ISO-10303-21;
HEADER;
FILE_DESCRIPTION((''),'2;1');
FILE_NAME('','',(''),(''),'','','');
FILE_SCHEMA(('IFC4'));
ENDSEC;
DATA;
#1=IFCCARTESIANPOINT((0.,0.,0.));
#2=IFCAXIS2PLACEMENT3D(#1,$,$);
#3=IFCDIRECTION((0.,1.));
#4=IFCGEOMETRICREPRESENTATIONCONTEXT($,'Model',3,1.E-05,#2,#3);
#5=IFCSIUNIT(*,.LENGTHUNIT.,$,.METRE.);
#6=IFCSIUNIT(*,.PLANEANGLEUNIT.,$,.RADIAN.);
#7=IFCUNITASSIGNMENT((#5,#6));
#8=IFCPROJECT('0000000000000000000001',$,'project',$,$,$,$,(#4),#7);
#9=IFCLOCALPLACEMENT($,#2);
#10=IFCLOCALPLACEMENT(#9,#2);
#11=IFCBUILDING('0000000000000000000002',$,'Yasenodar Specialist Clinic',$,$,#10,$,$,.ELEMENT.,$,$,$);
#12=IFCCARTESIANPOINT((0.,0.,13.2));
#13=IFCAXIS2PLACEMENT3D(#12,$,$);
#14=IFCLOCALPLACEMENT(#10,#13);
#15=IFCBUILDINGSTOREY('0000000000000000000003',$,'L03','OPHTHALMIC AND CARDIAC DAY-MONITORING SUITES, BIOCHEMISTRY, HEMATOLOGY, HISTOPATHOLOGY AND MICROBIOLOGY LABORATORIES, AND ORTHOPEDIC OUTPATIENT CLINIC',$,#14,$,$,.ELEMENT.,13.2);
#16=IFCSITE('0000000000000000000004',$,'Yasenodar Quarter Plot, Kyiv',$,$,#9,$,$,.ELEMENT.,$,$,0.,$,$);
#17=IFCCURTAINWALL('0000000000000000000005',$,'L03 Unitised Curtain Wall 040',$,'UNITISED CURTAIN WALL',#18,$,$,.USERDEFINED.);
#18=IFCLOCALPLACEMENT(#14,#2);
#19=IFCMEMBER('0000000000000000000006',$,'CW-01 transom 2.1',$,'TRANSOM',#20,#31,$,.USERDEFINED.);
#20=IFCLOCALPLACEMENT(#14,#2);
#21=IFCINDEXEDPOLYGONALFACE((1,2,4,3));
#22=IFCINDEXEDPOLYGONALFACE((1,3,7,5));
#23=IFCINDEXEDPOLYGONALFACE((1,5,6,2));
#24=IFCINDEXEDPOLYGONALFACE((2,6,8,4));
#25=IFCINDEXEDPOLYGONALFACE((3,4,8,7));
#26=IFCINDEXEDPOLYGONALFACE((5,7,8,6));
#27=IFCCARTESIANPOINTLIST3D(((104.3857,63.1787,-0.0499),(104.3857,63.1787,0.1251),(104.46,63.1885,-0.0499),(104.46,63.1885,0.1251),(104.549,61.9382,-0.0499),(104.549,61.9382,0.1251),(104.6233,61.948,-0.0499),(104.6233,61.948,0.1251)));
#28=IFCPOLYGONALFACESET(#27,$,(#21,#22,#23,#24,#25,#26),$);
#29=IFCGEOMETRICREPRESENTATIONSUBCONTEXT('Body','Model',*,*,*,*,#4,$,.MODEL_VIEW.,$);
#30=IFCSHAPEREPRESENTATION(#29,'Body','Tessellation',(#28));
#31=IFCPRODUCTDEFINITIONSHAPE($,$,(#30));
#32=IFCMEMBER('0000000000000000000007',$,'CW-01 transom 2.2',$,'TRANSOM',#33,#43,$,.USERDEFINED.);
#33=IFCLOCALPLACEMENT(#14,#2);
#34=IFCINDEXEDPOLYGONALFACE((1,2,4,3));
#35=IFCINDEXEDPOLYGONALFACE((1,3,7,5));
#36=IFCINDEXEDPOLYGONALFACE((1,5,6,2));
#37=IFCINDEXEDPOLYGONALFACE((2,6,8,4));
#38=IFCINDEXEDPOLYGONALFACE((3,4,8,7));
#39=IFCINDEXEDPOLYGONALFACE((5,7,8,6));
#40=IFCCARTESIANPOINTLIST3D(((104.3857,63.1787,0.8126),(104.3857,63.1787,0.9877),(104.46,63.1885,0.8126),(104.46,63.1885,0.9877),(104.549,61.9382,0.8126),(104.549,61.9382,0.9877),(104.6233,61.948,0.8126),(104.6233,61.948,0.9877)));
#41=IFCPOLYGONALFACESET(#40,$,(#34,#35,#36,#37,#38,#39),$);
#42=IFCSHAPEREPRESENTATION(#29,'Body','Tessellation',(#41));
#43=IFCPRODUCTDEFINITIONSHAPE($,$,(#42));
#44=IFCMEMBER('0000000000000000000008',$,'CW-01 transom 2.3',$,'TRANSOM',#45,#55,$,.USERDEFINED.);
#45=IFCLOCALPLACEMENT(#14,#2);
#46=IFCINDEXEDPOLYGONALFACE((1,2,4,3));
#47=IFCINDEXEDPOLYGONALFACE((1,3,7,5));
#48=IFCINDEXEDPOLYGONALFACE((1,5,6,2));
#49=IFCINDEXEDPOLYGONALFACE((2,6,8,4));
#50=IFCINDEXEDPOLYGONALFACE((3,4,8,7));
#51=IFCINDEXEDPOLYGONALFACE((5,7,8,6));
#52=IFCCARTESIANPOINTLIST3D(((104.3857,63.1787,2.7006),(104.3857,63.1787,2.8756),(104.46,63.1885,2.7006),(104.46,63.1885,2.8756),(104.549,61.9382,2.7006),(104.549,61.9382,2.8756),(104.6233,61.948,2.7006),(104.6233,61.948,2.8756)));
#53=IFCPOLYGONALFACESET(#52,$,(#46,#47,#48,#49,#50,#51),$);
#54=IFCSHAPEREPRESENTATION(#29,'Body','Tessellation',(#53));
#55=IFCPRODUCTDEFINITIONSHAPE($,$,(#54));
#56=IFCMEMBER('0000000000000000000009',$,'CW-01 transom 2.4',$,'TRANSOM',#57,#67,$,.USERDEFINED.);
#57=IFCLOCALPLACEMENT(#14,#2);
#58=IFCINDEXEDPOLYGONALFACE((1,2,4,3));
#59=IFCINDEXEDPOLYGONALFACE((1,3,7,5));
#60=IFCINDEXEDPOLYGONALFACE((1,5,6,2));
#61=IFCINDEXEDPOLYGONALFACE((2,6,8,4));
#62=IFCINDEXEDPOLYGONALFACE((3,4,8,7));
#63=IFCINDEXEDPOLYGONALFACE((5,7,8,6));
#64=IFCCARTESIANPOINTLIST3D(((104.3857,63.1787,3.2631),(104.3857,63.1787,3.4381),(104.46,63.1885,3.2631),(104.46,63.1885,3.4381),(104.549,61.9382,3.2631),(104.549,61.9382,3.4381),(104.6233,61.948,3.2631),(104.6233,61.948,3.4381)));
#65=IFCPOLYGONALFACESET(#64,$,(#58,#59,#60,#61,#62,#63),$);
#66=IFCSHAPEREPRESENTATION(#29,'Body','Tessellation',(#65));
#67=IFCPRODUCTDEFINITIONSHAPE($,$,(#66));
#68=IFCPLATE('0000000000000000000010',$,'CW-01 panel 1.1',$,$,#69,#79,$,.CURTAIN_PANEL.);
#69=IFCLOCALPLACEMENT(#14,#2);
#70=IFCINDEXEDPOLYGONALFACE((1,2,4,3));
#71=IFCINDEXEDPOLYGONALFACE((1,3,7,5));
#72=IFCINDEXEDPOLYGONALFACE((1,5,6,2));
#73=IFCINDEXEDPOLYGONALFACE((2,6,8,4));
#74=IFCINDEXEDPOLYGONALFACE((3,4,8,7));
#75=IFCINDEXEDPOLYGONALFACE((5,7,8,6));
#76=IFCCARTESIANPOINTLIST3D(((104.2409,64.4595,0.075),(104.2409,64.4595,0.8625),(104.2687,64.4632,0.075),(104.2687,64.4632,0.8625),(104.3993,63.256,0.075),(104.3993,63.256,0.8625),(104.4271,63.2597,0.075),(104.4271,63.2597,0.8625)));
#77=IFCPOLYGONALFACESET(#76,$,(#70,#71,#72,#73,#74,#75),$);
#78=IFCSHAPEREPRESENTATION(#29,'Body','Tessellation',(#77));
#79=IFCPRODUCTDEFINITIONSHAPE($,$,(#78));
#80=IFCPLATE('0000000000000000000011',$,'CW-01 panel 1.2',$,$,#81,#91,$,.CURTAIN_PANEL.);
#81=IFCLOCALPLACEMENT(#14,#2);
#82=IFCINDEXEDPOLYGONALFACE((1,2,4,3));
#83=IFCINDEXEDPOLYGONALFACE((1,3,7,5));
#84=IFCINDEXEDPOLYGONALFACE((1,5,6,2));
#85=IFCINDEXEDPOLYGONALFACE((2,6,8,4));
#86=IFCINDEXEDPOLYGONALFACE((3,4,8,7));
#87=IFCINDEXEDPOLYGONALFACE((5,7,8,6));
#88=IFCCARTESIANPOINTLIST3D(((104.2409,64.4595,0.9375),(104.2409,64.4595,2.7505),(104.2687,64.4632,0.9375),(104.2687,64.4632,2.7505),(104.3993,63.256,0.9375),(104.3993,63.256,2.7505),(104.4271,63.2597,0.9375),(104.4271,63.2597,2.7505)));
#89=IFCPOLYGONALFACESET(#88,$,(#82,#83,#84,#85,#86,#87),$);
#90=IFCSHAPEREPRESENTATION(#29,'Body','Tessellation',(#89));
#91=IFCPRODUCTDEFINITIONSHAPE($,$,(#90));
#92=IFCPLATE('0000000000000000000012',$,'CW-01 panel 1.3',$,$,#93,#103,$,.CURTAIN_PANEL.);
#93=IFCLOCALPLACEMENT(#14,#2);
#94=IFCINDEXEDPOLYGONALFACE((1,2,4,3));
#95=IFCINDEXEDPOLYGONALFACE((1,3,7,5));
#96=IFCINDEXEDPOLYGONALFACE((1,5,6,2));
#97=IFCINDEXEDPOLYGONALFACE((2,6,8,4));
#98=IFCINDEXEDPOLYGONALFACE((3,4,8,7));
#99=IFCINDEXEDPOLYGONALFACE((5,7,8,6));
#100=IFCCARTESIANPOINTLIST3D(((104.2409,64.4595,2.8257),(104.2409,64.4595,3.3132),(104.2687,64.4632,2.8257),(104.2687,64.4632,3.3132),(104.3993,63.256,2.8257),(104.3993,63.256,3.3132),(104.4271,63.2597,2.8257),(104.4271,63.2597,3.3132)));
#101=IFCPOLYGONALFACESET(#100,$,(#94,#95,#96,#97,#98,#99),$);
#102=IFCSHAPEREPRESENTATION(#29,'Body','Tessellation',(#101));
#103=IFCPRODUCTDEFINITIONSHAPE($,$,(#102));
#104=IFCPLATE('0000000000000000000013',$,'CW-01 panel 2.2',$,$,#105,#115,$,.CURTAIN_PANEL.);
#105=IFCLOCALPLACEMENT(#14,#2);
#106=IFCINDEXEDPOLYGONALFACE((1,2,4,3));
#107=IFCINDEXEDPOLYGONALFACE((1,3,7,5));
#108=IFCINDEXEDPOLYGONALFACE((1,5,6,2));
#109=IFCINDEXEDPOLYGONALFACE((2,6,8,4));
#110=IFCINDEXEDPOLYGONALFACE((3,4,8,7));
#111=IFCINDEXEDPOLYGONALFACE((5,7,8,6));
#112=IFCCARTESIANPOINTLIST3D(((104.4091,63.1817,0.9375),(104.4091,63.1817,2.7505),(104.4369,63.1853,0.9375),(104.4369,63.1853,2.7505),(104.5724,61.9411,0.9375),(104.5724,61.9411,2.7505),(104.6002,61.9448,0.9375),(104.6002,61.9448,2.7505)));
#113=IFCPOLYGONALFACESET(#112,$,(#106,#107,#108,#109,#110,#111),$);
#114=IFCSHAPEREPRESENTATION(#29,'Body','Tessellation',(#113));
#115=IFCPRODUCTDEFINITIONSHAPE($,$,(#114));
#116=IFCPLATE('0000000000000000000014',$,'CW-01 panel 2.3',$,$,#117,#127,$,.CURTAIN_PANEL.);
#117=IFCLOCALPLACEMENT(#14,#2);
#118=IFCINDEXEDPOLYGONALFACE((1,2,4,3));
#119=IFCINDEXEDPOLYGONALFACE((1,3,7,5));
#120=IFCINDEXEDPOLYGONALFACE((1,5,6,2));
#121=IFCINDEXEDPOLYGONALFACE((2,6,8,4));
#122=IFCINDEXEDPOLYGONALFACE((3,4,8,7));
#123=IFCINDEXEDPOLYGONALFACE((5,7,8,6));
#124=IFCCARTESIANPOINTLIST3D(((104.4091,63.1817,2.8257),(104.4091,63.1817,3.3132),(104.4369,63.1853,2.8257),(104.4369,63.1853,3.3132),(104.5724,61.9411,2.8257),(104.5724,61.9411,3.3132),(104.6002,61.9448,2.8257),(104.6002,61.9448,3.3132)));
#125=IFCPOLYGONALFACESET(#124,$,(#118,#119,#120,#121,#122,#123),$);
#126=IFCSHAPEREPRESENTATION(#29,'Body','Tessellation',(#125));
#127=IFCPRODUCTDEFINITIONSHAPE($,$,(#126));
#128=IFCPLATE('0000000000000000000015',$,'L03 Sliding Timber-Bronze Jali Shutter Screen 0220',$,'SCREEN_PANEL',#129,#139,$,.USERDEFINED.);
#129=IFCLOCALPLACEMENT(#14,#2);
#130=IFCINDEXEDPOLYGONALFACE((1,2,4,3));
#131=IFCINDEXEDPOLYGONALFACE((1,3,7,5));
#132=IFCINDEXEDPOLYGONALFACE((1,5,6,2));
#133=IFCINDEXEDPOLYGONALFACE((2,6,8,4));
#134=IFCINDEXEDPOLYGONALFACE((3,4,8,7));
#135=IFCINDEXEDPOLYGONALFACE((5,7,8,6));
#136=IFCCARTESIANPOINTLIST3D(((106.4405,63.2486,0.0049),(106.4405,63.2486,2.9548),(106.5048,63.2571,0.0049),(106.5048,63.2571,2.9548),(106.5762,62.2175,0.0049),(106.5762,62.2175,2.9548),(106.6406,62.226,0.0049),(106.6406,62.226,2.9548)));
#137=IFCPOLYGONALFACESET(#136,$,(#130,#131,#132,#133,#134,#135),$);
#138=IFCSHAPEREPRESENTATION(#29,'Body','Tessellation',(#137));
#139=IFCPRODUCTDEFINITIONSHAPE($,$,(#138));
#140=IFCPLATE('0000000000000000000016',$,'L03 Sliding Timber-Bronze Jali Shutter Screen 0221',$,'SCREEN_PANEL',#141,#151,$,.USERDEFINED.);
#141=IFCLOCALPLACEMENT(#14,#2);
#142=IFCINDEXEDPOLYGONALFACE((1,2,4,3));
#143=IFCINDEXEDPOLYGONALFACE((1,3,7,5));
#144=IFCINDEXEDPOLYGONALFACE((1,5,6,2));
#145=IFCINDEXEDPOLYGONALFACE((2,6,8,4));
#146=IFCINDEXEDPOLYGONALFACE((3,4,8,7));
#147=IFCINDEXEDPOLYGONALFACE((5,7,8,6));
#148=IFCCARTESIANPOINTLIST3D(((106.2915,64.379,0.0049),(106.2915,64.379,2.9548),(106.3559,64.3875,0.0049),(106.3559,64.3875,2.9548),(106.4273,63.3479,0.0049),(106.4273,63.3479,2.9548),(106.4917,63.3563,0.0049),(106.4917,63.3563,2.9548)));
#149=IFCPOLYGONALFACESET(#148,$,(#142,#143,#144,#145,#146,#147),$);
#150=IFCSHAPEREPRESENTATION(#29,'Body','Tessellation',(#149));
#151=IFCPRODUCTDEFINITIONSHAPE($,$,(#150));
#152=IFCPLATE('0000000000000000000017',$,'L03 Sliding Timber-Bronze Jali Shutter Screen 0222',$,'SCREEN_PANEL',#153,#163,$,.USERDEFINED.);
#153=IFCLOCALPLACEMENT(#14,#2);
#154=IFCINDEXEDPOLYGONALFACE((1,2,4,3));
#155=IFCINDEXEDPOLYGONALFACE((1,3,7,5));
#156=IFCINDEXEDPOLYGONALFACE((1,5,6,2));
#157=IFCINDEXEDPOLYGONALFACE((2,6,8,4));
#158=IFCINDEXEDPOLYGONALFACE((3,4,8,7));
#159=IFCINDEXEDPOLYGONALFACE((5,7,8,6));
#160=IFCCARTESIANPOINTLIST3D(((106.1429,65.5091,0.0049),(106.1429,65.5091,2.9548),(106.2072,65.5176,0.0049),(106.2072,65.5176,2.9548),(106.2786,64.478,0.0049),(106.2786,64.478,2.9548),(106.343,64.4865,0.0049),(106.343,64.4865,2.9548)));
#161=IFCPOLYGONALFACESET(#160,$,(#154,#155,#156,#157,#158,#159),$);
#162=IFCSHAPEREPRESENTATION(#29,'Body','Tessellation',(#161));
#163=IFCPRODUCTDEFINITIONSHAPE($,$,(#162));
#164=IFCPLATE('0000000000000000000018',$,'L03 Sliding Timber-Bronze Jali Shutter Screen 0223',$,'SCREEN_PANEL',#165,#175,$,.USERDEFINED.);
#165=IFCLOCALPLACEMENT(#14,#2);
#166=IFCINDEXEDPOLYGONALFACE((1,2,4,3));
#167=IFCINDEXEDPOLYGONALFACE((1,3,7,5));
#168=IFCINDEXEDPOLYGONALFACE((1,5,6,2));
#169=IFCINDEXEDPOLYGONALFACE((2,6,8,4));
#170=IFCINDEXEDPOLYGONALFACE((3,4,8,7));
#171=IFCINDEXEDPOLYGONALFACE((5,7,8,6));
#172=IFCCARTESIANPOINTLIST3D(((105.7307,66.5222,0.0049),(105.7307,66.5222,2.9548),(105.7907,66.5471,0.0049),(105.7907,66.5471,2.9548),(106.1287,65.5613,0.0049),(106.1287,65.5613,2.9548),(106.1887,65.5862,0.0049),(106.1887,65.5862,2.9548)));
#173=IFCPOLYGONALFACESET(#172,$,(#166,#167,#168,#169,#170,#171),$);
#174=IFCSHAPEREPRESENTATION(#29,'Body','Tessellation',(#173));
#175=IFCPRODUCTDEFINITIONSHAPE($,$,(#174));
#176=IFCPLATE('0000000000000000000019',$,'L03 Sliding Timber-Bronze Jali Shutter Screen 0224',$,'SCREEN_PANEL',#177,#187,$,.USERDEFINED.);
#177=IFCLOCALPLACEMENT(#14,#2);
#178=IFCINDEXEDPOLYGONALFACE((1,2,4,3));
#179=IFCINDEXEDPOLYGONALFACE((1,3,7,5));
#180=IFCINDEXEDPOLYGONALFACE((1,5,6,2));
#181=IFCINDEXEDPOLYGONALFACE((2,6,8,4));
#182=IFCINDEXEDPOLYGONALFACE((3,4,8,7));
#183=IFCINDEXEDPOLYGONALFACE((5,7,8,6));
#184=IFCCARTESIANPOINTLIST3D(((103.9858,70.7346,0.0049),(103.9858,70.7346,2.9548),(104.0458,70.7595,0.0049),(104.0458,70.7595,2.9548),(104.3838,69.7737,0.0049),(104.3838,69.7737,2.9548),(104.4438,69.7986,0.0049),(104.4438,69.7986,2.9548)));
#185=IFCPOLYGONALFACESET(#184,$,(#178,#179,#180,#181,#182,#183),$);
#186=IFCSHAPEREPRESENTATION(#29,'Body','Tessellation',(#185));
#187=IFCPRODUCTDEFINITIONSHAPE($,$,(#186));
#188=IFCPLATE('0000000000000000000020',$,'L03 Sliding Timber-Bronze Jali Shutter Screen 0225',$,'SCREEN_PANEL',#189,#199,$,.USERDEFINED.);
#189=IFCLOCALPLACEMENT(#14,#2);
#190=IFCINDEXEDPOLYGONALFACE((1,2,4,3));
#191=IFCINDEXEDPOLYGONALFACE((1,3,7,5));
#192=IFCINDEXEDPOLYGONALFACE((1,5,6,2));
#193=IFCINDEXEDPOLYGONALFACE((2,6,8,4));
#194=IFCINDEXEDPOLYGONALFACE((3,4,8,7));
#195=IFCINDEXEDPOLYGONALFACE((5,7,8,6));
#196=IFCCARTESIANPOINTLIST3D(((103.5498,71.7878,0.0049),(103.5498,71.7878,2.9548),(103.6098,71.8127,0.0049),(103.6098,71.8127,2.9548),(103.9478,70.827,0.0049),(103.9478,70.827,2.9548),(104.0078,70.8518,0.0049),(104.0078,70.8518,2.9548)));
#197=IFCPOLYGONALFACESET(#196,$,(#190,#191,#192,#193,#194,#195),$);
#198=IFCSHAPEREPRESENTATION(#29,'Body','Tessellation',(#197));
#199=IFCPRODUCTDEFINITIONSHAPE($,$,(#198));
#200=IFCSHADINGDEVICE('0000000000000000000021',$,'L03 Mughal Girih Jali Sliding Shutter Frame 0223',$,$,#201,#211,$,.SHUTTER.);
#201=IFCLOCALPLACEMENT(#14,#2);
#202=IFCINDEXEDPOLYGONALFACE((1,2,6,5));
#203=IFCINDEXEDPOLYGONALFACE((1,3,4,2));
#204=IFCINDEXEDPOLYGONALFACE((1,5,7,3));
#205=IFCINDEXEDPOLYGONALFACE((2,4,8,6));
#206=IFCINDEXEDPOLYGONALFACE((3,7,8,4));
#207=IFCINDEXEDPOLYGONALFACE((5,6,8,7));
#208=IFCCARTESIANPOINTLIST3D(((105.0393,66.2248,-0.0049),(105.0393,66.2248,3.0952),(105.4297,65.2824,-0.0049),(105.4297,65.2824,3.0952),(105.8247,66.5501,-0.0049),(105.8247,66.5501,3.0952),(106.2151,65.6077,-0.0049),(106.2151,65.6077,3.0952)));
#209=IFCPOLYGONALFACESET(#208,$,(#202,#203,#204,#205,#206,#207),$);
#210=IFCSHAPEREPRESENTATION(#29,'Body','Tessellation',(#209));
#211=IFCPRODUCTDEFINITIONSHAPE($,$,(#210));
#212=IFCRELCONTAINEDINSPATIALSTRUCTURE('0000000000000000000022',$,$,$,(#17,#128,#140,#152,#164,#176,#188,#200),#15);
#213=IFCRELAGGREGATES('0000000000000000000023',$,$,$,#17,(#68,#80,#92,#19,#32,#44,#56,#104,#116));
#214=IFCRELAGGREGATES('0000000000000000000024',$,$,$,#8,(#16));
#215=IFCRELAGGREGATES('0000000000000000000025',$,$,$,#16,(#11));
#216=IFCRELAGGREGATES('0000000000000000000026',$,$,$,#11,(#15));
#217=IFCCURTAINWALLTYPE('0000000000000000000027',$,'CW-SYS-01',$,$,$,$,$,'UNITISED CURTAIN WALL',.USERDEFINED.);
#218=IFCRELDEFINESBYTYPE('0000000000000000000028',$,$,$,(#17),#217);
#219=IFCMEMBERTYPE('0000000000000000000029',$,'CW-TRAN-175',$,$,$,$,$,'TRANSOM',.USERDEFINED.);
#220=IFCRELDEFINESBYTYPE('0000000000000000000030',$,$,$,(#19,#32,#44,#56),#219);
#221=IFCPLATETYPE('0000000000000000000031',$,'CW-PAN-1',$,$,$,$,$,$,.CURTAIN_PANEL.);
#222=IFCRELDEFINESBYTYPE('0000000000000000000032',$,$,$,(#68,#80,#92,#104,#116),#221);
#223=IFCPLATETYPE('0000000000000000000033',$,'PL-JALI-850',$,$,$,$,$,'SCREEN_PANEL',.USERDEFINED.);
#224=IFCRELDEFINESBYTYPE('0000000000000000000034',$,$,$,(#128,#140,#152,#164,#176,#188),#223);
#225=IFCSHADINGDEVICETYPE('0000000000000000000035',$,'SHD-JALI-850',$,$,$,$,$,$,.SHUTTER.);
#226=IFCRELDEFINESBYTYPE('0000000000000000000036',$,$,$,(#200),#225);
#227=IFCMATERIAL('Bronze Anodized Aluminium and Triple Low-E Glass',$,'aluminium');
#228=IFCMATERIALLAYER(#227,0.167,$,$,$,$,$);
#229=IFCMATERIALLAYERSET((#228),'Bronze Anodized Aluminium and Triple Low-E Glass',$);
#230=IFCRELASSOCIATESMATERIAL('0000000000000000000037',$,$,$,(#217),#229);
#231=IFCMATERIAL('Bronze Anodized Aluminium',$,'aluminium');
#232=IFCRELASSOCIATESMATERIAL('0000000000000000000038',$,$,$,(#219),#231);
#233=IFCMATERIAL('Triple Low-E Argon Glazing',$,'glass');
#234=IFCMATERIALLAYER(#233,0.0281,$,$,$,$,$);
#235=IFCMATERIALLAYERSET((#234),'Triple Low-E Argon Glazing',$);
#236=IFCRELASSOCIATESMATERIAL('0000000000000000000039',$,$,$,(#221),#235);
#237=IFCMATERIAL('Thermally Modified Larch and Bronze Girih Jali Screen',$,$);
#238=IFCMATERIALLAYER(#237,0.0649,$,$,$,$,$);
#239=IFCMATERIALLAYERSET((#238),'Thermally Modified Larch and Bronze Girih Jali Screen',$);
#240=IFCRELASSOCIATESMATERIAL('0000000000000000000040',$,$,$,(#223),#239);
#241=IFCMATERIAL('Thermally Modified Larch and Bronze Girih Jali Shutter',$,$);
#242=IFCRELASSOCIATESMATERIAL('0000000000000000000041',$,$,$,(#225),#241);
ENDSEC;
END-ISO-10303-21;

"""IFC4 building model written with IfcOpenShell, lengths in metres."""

from ifc_helpers import new_model, si_unit, direction, frame, origin, origin_2d, place, context, subcontext, project, spatial, rectangle, extrude, material, layer, layer_set, material_profile, profile_set, type_object, element, aggregate, save


model = new_model("IFC4")

# Units and contexts
model_context = context("Model", 3, precision=1e-05, world=origin(), true_north=direction((0.0, 1.0)))
body_context = subcontext(model_context, "Body", "Model", "MODEL_VIEW")
ifc_project = project(units=[si_unit("LENGTHUNIT", "METRE"), si_unit("PLANEANGLEUNIT", "RADIAN")], contexts=[model_context])

# Site, building, storey
site_placement = place(None, origin())
site = spatial("IfcSite", under=ifc_project, at=site_placement, Name="Yasenodar Quarter Plot, Kyiv", CompositionType="ELEMENT", RefElevation=0.0)
building_placement = place(site_placement, origin())
building = spatial("IfcBuilding", under=site, at=building_placement, Name="Yasenodar Specialist Clinic", CompositionType="ELEMENT")
storey_placement = place(building_placement, frame((0.0, 0.0, 13.2)))
storey = spatial("IfcBuildingStorey", under=building, at=storey_placement, Name="L03", Description="OPHTHALMIC AND CARDIAC DAY-MONITORING SUITES, BIOCHEMISTRY, HEMATOLOGY, HISTOPATHOLOGY AND MICROBIOLOGY LABORATORIES, AND ORTHOPEDIC OUTPATIENT CLINIC", CompositionType="ELEMENT", Elevation=13.2)

# Curtain wall, members, plates
ifc_material_1 = material(Name="Bronze Anodized Aluminium and Triple Low-E Glass", Category="aluminium")
ifc_layer_1 = layer(ifc_material_1, 0.167)
ifc_layer_set_1 = layer_set([ifc_layer_1], Name="Bronze Anodized Aluminium and Triple Low-E Glass")
curtain_wall_type = type_object("IfcCurtainWallType", Name="CW-SYS-01", ElementType="UNITISED CURTAIN WALL", PredefinedType="USERDEFINED", material=ifc_layer_set_1)
curtain_wall_placement = place(storey_placement, origin())
curtain_wall = element("IfcCurtainWall", 1, at=curtain_wall_placement, inside=storey, type_object=curtain_wall_type, Name="L03 Unitised Curtain Wall 040", ObjectType="UNITISED CURTAIN WALL", PredefinedType="USERDEFINED")
ifc_material_2 = material(Name="Bronze Anodized Aluminium", Category="aluminium")
ifc_material_profile_1 = material_profile(ifc_material_2, rectangle(XDim=0.075, YDim=0.175, at=origin_2d()), Name="CW-TRAN 75x175")
ifc_profile_set_1 = profile_set([ifc_material_profile_1], Name="Bronze Anodized Aluminium")
member_type_1 = type_object("IfcMemberType", Name="CW-TRAN-175", ElementType="TRANSOM", PredefinedType="USERDEFINED", material=ifc_profile_set_1)
member_1_placement = place(storey_placement, frame((104.4229, 63.1836, 0.0376), z_axis=(0.13054, -0.991443, 0.0), x_axis=(0.991443, 0.13054, 0.0)))
member_1 = element("IfcMember", 2, at=member_1_placement, type_object=member_type_1, Name="CW-01 transom 2.1", ObjectType="TRANSOM", PredefinedType="USERDEFINED", context=body_context, shape_type="SweptSolid", body=[
    extrude(rectangle(XDim=0.075, YDim=0.175, at=origin_2d()), origin(), (0.0, 0.0, 1.0), 1.2512),
])
member_2_placement = place(storey_placement, frame((104.4229, 63.1836, 0.9001), z_axis=(0.13054, -0.991443, 0.0), x_axis=(0.991443, 0.13054, 0.0)))
member_2 = element("IfcMember", 3, at=member_2_placement, type_object=member_type_1, Name="CW-01 transom 2.2", ObjectType="TRANSOM", PredefinedType="USERDEFINED", context=body_context, shape_type="SweptSolid", body=[
    extrude(rectangle(XDim=0.075, YDim=0.175, at=origin_2d()), origin(), (0.0, 0.0, 1.0), 1.2512),
])
member_3_placement = place(storey_placement, frame((104.4229, 63.1836, 2.7881), z_axis=(0.13054, -0.991443, 0.0), x_axis=(0.991443, 0.13054, 0.0)))
member_3 = element("IfcMember", 4, at=member_3_placement, type_object=member_type_1, Name="CW-01 transom 2.3", ObjectType="TRANSOM", PredefinedType="USERDEFINED", context=body_context, shape_type="SweptSolid", body=[
    extrude(rectangle(XDim=0.075, YDim=0.175, at=origin_2d()), origin(), (0.0, 0.0, 1.0), 1.2512),
])
member_4_placement = place(storey_placement, frame((104.4229, 63.1836, 3.3506), z_axis=(0.13054, -0.991443, 0.0), x_axis=(0.991443, 0.13054, 0.0)))
member_4 = element("IfcMember", 5, at=member_4_placement, type_object=member_type_1, Name="CW-01 transom 2.4", ObjectType="TRANSOM", PredefinedType="USERDEFINED", context=body_context, shape_type="SweptSolid", body=[
    extrude(rectangle(XDim=0.075, YDim=0.175, at=origin_2d()), origin(), (0.0, 0.0, 1.0), 1.2512),
])
ifc_material_3 = material(Name="Triple Low-E Argon Glazing", Category="glass")
ifc_layer_2 = layer(ifc_material_3, 0.0281)
ifc_layer_set_2 = layer_set([ifc_layer_2], Name="Triple Low-E Argon Glazing")
plate_type_1 = type_object("IfcPlateType", Name="CW-PAN-1", PredefinedType="CURTAIN_PANEL", material=ifc_layer_set_2)
plate_1_placement = place(storey_placement, frame((104.334, 63.8596, 0.075), z_axis=(0.0, 0.0, 1.0), x_axis=(0.130512, -0.991447, 0.0)))
plate_1 = element("IfcPlate", 6, at=plate_1_placement, type_object=plate_type_1, Name="CW-01 panel 1.1", PredefinedType="CURTAIN_PANEL", context=body_context, shape_type="SweptSolid", body=[
    extrude(rectangle(XDim=1.2139, YDim=0.0281, at=origin_2d()), origin(), (0.0, 0.0, 1.0), 0.7876),
])
plate_2_placement = place(storey_placement, frame((104.334, 63.8596, 0.9375), z_axis=(0.0, 0.0, 1.0), x_axis=(0.130512, -0.991447, 0.0)))
plate_2 = element("IfcPlate", 7, at=plate_2_placement, type_object=plate_type_1, Name="CW-01 panel 1.2", PredefinedType="CURTAIN_PANEL", context=body_context, shape_type="SweptSolid", body=[
    extrude(rectangle(XDim=1.2139, YDim=0.0281, at=origin_2d()), origin(), (0.0, 0.0, 1.0), 1.813),
])
plate_3_placement = place(storey_placement, frame((104.334, 63.8596, 2.8257), z_axis=(0.0, 0.0, 1.0), x_axis=(0.130512, -0.991447, 0.0)))
plate_3 = element("IfcPlate", 8, at=plate_3_placement, type_object=plate_type_1, Name="CW-01 panel 1.3", PredefinedType="CURTAIN_PANEL", context=body_context, shape_type="SweptSolid", body=[
    extrude(rectangle(XDim=1.2139, YDim=0.0281, at=origin_2d()), origin(), (0.0, 0.0, 1.0), 0.4875),
])
plate_4_placement = place(storey_placement, frame((104.5046, 62.5632, 0.9375), z_axis=(0.0, 0.0, 1.0), x_axis=(0.130512, -0.991447, 0.0)))
plate_4 = element("IfcPlate", 9, at=plate_4_placement, type_object=plate_type_1, Name="CW-01 panel 2.2", PredefinedType="CURTAIN_PANEL", context=body_context, shape_type="SweptSolid", body=[
    extrude(rectangle(XDim=1.2512, YDim=0.0281, at=origin_2d()), origin(), (0.0, 0.0, 1.0), 1.813),
])
plate_5_placement = place(storey_placement, frame((104.5046, 62.5632, 2.8257), z_axis=(0.0, 0.0, 1.0), x_axis=(0.130512, -0.991447, 0.0)))
plate_5 = element("IfcPlate", 10, at=plate_5_placement, type_object=plate_type_1, Name="CW-01 panel 2.3", PredefinedType="CURTAIN_PANEL", context=body_context, shape_type="SweptSolid", body=[
    extrude(rectangle(XDim=1.2512, YDim=0.0281, at=origin_2d()), origin(), (0.0, 0.0, 1.0), 0.4875),
])
aggregate(curtain_wall, [plate_1, plate_2, plate_3, member_1, member_2, member_3, member_4, plate_4, plate_5])

# Plates
ifc_material_4 = material(Name="Thermally Modified Larch and Bronze Girih Jali Screen")
ifc_layer_3 = layer(ifc_material_4, 0.0649)
ifc_layer_set_3 = layer_set([ifc_layer_3], Name="Thermally Modified Larch and Bronze Girih Jali Screen")
plate_type_2 = type_object("IfcPlateType", Name="PL-JALI-850", ElementType="SCREEN_PANEL", PredefinedType="USERDEFINED", material=ifc_layer_set_3)
for number, where, z_axis, x_axis, name in (
    (11, (106.5405, 62.7373, 0.0049), (0.0, 0.0, 1.0), (-0.130519, 0.991446, 0.0), "L03 Sliding Timber-Bronze Jali Shutter Screen 0220"),
    (12, (106.3916, 63.8677, 0.0049), (0.0, 0.0, 1.0), (-0.130519, 0.991446, 0.0), "L03 Sliding Timber-Bronze Jali Shutter Screen 0221"),
    (13, (106.2429, 64.9978, 0.0049), (0.0, 0.0, 1.0), (-0.130519, 0.991446, 0.0), "L03 Sliding Timber-Bronze Jali Shutter Screen 0222"),
    (14, (105.9597, 66.0542, 0.0049), (0.0, 0.0, 1.0), (-0.382687, 0.923878, 0.0), "L03 Sliding Timber-Bronze Jali Shutter Screen 0223"),
    (15, (104.2148, 70.2666, 0.0049), (0.0, 0.0, 1.0), (-0.382687, 0.923878, 0.0), "L03 Sliding Timber-Bronze Jali Shutter Screen 0224"),
    (16, (103.7788, 71.3198, 0.0049), (0.0, 0.0, 1.0), (-0.382687, 0.923878, 0.0), "L03 Sliding Timber-Bronze Jali Shutter Screen 0225"),
):
    element("IfcPlate", number, at=place(storey_placement, frame(where, z_axis=z_axis, x_axis=x_axis)), inside=storey, type_object=plate_type_2, Name=name, ObjectType="SCREEN_PANEL", PredefinedType="USERDEFINED", context=body_context, shape_type="SweptSolid", body=[
        extrude(rectangle(XDim=1.04, YDim=0.0649, at=origin_2d()), origin(), (0.0, 0.0, 1.0), 2.95),
    ])

# Shading device
ifc_material_5 = material(Name="Thermally Modified Larch and Bronze Girih Jali Shutter")
shading_device_type = type_object("IfcShadingDeviceType", Name="SHD-JALI-850", PredefinedType="SHUTTER", material=ifc_material_5)
shading_device_placement = place(storey_placement, frame((105.6272, 65.9163, -0.0049), z_axis=(0.0, 0.0, 1.0), x_axis=(-0.382687, 0.923878, 0.0)))
element("IfcShadingDevice", 17, at=shading_device_placement, inside=storey, type_object=shading_device_type, Name="L03 Mughal Girih Jali Sliding Shutter Frame 0223", PredefinedType="SHUTTER", context=body_context, shape_type="SweptSolid", body=[
    extrude(rectangle(XDim=1.02, YDim=0.8501, at=origin_2d()), origin(), (0.0, 0.0, 1.0), 3.1001),
])

save(model, "model.ifc")
